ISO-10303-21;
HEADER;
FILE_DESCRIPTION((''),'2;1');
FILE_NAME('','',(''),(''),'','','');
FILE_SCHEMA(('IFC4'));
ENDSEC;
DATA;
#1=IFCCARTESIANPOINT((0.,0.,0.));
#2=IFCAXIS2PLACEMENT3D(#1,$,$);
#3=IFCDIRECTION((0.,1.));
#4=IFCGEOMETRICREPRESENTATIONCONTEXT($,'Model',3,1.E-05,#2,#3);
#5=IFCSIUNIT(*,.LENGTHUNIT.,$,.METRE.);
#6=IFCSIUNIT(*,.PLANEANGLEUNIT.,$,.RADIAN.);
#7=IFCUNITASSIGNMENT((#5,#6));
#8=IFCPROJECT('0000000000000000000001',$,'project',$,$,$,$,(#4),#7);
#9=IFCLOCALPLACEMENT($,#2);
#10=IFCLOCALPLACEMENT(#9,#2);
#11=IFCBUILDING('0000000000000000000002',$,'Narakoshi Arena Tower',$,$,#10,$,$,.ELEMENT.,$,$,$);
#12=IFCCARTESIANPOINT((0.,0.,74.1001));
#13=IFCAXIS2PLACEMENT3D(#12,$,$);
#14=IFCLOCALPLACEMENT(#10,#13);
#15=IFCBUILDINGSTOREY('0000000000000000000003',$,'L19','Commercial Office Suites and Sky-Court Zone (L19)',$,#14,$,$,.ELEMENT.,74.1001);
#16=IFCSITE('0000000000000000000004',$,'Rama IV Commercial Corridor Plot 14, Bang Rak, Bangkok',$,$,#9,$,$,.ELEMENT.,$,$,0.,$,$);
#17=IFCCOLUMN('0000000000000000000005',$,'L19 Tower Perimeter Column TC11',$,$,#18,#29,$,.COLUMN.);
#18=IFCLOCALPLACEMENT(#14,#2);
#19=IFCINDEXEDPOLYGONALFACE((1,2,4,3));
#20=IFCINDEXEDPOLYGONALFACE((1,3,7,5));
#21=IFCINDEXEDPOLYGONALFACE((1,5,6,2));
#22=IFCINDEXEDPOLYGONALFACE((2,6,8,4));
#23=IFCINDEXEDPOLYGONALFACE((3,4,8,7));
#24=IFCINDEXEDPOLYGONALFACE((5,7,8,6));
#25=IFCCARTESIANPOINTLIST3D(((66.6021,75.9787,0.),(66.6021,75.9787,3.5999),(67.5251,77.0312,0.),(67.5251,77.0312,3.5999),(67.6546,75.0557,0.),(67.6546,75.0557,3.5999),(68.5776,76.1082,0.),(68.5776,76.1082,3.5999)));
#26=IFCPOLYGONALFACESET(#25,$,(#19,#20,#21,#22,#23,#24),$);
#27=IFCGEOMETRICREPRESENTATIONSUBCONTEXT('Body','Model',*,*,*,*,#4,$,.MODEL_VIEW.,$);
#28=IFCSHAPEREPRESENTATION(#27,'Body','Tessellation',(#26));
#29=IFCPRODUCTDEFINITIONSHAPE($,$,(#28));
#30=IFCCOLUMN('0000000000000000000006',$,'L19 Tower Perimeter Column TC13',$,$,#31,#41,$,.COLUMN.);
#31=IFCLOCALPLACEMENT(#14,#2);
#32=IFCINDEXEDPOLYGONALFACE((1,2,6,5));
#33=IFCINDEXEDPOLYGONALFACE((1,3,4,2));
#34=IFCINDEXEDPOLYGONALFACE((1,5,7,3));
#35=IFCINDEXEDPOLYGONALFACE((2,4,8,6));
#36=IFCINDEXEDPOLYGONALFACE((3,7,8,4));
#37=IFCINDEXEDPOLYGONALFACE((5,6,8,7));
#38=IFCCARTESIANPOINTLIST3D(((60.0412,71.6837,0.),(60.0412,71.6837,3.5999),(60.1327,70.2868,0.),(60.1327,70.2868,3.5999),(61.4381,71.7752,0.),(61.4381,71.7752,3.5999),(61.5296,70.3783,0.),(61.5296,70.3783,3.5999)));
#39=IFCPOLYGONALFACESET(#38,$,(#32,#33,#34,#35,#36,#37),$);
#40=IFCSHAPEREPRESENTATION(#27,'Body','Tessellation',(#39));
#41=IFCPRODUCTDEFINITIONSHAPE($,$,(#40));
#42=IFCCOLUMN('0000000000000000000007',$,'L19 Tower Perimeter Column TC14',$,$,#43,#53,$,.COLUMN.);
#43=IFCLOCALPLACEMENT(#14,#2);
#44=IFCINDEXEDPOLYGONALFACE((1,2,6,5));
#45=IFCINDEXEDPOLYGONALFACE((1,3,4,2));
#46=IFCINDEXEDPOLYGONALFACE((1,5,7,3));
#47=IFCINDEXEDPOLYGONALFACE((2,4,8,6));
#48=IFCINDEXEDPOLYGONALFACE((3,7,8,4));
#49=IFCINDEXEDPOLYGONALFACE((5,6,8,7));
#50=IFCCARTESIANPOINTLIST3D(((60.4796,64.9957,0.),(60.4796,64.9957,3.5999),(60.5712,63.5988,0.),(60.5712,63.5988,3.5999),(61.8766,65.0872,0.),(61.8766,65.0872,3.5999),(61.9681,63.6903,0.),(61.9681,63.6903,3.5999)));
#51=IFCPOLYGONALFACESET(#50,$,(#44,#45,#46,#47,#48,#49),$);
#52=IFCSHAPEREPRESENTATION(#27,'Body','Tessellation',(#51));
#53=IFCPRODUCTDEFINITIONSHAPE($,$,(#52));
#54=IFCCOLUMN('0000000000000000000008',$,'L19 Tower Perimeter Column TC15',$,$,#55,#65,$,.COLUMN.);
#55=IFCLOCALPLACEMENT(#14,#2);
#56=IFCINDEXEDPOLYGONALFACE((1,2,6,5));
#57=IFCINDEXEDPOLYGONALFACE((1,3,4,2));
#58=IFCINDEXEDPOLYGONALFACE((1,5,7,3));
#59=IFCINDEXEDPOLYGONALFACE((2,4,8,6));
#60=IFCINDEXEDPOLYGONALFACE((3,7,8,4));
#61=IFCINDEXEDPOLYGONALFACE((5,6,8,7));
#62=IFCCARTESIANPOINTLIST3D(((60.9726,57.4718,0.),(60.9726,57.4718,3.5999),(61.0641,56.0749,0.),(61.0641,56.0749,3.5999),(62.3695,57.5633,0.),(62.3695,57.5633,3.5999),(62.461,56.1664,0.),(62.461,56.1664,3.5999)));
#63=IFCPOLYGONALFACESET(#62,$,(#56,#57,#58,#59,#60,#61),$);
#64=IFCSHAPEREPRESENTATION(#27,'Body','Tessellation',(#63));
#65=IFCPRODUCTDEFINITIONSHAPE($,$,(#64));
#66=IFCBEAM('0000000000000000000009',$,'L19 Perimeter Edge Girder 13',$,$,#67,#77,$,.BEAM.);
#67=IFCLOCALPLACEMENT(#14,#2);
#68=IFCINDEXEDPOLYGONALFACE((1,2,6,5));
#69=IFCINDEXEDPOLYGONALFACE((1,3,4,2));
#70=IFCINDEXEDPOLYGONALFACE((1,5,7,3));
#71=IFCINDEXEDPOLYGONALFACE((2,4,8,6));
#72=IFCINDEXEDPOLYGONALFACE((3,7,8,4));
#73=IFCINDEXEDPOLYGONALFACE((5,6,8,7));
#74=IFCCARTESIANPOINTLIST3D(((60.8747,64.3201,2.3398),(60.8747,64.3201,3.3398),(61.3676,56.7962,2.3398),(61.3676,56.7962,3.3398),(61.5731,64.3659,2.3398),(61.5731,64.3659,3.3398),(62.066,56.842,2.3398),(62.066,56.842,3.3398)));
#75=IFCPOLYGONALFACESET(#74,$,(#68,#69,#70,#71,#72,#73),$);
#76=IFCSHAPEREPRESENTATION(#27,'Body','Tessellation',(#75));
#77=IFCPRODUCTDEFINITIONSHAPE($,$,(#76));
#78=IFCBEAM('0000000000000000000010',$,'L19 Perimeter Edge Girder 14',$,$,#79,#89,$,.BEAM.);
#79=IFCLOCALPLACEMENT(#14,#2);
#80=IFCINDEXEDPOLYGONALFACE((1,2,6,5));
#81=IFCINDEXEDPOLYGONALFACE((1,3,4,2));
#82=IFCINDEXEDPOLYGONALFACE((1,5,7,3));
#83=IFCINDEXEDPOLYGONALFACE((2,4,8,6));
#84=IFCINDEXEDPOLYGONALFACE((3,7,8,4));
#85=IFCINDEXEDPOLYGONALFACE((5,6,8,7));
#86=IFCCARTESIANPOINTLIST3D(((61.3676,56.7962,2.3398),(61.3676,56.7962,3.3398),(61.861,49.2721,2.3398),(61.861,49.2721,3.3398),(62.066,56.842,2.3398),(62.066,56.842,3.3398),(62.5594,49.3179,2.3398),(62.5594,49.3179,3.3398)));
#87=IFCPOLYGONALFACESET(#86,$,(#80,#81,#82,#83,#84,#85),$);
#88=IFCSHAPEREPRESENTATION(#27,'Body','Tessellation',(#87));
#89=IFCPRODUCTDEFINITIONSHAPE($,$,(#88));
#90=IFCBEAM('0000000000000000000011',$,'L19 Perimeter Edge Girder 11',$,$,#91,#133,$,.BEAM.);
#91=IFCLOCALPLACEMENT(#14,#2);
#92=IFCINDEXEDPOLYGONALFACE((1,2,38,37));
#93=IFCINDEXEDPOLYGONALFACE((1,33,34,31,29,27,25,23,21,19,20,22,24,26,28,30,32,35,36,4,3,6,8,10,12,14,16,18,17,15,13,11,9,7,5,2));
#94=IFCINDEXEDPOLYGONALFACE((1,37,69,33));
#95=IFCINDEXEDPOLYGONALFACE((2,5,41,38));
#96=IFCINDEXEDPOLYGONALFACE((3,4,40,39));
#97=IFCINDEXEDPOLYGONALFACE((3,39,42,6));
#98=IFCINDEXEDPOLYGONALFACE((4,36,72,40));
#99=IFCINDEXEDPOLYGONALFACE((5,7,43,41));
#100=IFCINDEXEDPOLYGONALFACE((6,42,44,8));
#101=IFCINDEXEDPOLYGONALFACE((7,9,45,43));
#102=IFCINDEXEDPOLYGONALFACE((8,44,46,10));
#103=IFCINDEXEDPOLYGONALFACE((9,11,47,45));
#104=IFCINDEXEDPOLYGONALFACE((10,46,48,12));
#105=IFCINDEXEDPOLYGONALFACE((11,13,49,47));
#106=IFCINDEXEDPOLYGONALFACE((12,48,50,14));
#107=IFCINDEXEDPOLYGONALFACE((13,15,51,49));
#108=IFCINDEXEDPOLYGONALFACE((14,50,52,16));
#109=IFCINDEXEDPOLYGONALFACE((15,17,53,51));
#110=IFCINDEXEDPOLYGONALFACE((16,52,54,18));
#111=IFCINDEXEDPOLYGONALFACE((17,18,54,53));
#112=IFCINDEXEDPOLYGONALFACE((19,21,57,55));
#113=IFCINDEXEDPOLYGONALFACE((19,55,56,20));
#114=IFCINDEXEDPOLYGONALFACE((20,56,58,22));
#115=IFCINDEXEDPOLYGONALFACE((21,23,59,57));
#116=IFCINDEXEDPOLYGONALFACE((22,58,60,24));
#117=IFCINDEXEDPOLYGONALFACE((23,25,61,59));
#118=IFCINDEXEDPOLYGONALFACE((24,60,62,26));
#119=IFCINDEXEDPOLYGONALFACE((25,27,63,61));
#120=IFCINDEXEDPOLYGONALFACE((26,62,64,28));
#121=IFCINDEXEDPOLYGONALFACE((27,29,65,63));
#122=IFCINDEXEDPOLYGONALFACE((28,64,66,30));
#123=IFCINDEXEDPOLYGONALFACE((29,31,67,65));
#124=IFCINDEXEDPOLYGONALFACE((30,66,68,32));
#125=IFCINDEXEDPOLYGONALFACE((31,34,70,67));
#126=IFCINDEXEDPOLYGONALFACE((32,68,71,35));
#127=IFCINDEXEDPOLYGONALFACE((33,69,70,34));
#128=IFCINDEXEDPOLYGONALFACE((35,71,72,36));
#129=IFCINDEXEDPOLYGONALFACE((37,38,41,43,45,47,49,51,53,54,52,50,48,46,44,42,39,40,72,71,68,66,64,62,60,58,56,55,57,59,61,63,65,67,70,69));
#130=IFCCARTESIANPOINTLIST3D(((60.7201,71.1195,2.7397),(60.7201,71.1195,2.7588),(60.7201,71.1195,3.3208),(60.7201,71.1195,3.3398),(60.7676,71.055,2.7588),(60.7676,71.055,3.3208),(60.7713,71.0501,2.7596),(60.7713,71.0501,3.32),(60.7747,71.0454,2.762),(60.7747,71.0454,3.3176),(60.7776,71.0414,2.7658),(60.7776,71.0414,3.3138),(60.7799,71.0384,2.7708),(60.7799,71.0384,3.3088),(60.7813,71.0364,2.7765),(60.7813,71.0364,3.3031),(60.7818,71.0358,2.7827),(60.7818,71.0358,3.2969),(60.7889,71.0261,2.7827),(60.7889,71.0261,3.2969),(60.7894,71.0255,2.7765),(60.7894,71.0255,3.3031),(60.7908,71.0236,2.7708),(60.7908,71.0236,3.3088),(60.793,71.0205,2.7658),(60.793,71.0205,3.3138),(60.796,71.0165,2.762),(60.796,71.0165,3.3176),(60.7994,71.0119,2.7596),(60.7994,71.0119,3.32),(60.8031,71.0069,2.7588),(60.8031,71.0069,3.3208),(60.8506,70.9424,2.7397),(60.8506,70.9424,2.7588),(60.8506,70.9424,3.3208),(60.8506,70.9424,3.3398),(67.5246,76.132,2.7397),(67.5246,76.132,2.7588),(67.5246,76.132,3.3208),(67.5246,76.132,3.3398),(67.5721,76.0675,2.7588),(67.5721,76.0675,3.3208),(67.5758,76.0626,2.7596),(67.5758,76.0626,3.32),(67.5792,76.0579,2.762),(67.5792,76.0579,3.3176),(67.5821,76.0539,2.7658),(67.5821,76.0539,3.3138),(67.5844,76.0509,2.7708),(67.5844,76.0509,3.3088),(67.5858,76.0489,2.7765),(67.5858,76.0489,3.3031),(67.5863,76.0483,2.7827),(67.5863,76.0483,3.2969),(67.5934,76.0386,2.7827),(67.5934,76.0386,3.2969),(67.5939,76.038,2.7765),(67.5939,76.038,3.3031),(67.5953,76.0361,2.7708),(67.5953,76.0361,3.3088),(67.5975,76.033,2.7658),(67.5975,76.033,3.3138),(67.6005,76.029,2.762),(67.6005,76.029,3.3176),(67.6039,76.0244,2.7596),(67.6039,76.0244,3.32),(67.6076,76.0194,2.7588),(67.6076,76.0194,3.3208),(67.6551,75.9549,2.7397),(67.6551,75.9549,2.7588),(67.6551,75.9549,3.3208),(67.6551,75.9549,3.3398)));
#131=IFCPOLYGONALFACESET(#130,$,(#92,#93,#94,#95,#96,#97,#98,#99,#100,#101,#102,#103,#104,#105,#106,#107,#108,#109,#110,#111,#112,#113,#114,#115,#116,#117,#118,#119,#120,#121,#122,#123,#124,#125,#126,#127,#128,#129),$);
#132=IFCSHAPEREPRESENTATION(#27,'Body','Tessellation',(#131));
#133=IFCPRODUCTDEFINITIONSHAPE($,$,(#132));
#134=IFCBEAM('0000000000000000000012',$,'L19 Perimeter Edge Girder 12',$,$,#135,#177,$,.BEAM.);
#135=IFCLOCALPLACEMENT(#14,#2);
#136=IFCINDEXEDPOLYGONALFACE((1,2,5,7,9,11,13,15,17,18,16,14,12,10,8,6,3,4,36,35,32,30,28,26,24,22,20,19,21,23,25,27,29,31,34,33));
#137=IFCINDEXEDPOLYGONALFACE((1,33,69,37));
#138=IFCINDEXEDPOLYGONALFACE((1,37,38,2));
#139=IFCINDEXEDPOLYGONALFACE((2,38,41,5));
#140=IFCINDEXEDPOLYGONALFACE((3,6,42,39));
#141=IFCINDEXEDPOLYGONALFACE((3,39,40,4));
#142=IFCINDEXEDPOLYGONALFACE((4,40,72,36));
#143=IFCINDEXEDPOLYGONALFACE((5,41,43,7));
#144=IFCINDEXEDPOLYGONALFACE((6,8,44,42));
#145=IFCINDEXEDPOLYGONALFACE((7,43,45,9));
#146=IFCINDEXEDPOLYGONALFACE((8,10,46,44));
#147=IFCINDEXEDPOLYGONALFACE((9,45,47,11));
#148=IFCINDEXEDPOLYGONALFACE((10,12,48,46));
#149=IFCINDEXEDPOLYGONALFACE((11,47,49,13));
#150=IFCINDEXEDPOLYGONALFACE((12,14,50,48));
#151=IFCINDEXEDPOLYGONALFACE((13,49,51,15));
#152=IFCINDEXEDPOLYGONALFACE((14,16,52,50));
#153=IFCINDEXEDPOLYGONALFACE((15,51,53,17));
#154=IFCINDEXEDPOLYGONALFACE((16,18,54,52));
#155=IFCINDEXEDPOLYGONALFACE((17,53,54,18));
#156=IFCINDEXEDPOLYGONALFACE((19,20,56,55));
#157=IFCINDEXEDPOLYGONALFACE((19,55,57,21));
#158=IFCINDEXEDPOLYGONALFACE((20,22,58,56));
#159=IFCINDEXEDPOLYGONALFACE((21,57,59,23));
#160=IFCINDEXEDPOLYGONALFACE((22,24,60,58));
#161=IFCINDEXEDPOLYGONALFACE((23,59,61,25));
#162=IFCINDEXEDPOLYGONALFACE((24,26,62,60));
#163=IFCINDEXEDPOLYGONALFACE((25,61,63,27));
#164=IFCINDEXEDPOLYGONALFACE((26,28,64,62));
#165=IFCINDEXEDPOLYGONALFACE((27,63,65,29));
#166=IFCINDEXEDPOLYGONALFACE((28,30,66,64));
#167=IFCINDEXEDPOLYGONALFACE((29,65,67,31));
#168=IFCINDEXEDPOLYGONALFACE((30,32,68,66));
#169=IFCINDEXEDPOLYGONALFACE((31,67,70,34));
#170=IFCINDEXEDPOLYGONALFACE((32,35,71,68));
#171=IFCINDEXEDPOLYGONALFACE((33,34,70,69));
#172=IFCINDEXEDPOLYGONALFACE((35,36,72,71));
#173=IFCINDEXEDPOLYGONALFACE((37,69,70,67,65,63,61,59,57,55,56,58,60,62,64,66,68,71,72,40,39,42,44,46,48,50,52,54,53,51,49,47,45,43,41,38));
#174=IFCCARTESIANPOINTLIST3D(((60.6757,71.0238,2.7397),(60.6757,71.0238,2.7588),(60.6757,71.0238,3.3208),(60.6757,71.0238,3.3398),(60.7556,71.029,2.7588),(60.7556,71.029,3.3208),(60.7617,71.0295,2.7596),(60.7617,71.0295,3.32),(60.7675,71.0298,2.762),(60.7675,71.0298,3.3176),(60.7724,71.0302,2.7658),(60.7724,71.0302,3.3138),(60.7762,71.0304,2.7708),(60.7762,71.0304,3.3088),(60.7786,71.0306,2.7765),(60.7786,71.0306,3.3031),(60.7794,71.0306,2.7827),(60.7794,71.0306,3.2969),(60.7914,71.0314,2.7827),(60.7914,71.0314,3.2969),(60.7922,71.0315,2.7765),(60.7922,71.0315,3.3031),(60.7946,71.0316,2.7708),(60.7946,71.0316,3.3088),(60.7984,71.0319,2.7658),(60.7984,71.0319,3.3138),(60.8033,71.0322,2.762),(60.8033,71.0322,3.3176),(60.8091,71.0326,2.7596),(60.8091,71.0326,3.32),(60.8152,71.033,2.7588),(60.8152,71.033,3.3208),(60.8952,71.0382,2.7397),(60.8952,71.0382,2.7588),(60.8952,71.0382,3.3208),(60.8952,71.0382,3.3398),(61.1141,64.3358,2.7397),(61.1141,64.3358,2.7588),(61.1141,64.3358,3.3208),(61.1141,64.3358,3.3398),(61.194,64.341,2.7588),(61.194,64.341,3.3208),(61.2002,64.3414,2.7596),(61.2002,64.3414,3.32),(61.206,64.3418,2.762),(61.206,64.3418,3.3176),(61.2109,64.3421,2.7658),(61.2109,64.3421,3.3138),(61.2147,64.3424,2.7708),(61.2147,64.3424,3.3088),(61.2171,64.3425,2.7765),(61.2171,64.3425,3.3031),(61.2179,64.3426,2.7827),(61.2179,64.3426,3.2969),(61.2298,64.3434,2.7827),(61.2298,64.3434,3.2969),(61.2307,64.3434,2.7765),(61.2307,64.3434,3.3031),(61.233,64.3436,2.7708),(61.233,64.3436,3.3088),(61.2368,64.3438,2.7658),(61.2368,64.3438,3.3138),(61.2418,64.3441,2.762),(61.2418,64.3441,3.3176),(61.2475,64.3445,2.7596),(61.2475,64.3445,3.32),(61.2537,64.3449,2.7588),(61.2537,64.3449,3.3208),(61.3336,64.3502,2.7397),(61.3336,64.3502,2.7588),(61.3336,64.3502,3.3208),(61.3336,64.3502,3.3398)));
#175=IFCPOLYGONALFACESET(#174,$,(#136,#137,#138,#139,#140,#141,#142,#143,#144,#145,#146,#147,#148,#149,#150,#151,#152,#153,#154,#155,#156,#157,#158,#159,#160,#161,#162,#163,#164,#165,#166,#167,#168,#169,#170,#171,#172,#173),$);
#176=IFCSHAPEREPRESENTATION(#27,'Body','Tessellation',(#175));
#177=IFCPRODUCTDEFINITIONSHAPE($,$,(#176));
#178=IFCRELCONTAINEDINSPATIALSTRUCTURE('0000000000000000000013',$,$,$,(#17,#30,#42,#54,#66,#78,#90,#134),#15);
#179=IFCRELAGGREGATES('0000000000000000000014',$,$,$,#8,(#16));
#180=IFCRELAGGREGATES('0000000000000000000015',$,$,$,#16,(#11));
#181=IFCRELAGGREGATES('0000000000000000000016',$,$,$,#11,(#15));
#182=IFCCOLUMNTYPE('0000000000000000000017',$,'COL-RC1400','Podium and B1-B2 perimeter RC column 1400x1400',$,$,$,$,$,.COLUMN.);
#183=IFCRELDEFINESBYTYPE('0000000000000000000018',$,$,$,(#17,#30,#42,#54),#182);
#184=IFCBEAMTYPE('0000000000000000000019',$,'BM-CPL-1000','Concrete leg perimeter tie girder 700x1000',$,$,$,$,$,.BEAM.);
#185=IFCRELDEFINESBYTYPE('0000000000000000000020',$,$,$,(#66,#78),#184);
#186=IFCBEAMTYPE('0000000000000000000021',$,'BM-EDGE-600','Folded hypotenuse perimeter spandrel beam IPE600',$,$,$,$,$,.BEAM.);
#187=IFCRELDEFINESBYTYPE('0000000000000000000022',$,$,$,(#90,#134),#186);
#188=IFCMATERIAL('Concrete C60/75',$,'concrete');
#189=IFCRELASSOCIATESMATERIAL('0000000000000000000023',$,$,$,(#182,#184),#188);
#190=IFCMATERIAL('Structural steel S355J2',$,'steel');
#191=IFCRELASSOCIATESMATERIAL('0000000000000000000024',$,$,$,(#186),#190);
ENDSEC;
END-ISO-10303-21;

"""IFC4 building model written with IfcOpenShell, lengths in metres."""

from ifc_helpers import new_model, si_unit, direction, frame, origin, origin_2d, place, context, subcontext, project, spatial, rectangle, i_section, extrude, material, material_profile, profile_set, type_object, element, save


model = new_model("IFC4")

# Units and contexts
model_context = context("Model", 3, precision=1e-05, world=origin(), true_north=direction((0.0, 1.0)))
body_context = subcontext(model_context, "Body", "Model", "MODEL_VIEW")
ifc_project = project(units=[si_unit("LENGTHUNIT", "METRE"), si_unit("PLANEANGLEUNIT", "RADIAN")], contexts=[model_context])

# Site, building, storey
site_placement = place(None, origin())
site = spatial("IfcSite", under=ifc_project, at=site_placement, Name="Rama IV Commercial Corridor Plot 14, Bang Rak, Bangkok", CompositionType="ELEMENT", RefElevation=0.0)
building_placement = place(site_placement, origin())
building = spatial("IfcBuilding", under=site, at=building_placement, Name="Narakoshi Arena Tower", CompositionType="ELEMENT")
storey_placement = place(building_placement, frame((0.0, 0.0, 74.1001)))
storey = spatial("IfcBuildingStorey", under=building, at=storey_placement, Name="L19", Description="Commercial Office Suites and Sky-Court Zone (L19)", CompositionType="ELEMENT", Elevation=74.1001)

# Columns
ifc_material_1 = material(Name="Concrete C60/75", Category="concrete")
ifc_material_profile_1 = material_profile(ifc_material_1, rectangle(XDim=1.3999, YDim=1.3999, at=origin_2d()), Name="RC1400x1400")
ifc_profile_set_1 = profile_set([ifc_material_profile_1], Name="Concrete C60/75")
column_type = type_object("IfcColumnType", Name="COL-RC1400", Description="Podium and B1-B2 perimeter RC column 1400x1400", PredefinedType="COLUMN", material=ifc_profile_set_1)
for number, where, z_axis, x_axis, name in (
    (1, (67.5898, 76.0435, 0.0), (0.0, 0.0, 1.0), (0.659346, 0.75184, 0.0), "L19 Tower Perimeter Column TC11"),
    (2, (60.7854, 71.031, 0.0), (0.0, 0.0, 1.0), (-0.065403, 0.997859, 0.0), "L19 Tower Perimeter Column TC13"),
    (3, (61.2239, 64.343, 0.0), (0.0, 0.0, 1.0), (-0.065403, 0.997859, 0.0), "L19 Tower Perimeter Column TC14"),
    (4, (61.7168, 56.8191, 0.0), (0.0, 0.0, 1.0), (-0.065403, 0.997859, 0.0), "L19 Tower Perimeter Column TC15"),
):
    element("IfcColumn", number, at=place(storey_placement, frame(where, z_axis=z_axis, x_axis=x_axis)), inside=storey, type_object=column_type, Name=name, PredefinedType="COLUMN", context=body_context, shape_type="SweptSolid", body=[
        extrude(rectangle(XDim=1.3999, YDim=1.3999, at=origin_2d()), origin(), (0.0, 0.0, 1.0), 3.5999),
    ])

# Beams
ifc_material_profile_2 = material_profile(ifc_material_1, rectangle(XDim=0.7, YDim=1.0, at=origin_2d()), Name="RCB700x1000")
ifc_profile_set_2 = profile_set([ifc_material_profile_2], Name="Concrete C60/75")
beam_type_1 = type_object("IfcBeamType", Name="BM-CPL-1000", Description="Concrete leg perimeter tie girder 700x1000", PredefinedType="BEAM", material=ifc_profile_set_2)
beam_1_placement = place(storey_placement, frame((61.2239, 64.343, 2.8398), z_axis=(0.065374, -0.997861, 0.0), x_axis=(0.997861, 0.065374, 0.0)))
element("IfcBeam", 5, at=beam_1_placement, inside=storey, type_object=beam_type_1, Name="L19 Perimeter Edge Girder 13", PredefinedType="BEAM", context=body_context, shape_type="SweptSolid", body=[
    extrude(rectangle(XDim=0.7, YDim=1.0, at=origin_2d()), origin(), (0.0, 0.0, 1.0), 7.54),
])
beam_2_placement = place(storey_placement, frame((61.7168, 56.8191, 2.8398), z_axis=(0.065436, -0.997857, 0.0), x_axis=(0.997857, 0.065436, 0.0)))
element("IfcBeam", 6, at=beam_2_placement, inside=storey, type_object=beam_type_1, Name="L19 Perimeter Edge Girder 14", PredefinedType="BEAM", context=body_context, shape_type="SweptSolid", body=[
    extrude(rectangle(XDim=0.7, YDim=1.0, at=origin_2d()), origin(), (0.0, 0.0, 1.0), 7.5403),
])
ifc_material_2 = material(Name="Structural steel S355J2", Category="steel")
ifc_material_profile_3 = material_profile(ifc_material_2, i_section(OverallWidth=0.22, OverallDepth=0.6001, WebThickness=0.012, FlangeThickness=0.019, FilletRadius=0.0239, at=origin_2d()), Name="IPE600")
ifc_profile_set_3 = profile_set([ifc_material_profile_3], Name="Structural steel S355J2")
beam_type_2 = type_object("IfcBeamType", Name="BM-EDGE-600", Description="Folded hypotenuse perimeter spandrel beam IPE600", PredefinedType="BEAM", material=ifc_profile_set_3)
beam_3_placement = place(storey_placement, frame((67.5898, 76.0435, 3.0398), z_axis=(-0.805132, -0.593096, 0.0), x_axis=(0.593096, -0.805132, 0.0)))
element("IfcBeam", 7, at=beam_3_placement, inside=storey, type_object=beam_type_2, Name="L19 Perimeter Edge Girder 11", PredefinedType="BEAM", context=body_context, shape_type="SweptSolid", body=[
    extrude(i_section(OverallWidth=0.22, OverallDepth=0.6001, WebThickness=0.012, FlangeThickness=0.019, FilletRadius=0.0239, at=origin_2d()), origin(), (0.0, 0.0, 1.0), 8.4514),
])
beam_4_placement = place(storey_placement, frame((60.7854, 71.031, 3.0398), z_axis=(0.065421, -0.997858, 0.0), x_axis=(0.997858, 0.065421, 0.0)))
element("IfcBeam", 8, at=beam_4_placement, inside=storey, type_object=beam_type_2, Name="L19 Perimeter Edge Girder 12", PredefinedType="BEAM", context=body_context, shape_type="SweptSolid", body=[
    extrude(i_section(OverallWidth=0.22, OverallDepth=0.6001, WebThickness=0.012, FlangeThickness=0.019, FilletRadius=0.0239, at=origin_2d()), origin(), (0.0, 0.0, 1.0), 6.7024),
])

save(model, "model.ifc")
